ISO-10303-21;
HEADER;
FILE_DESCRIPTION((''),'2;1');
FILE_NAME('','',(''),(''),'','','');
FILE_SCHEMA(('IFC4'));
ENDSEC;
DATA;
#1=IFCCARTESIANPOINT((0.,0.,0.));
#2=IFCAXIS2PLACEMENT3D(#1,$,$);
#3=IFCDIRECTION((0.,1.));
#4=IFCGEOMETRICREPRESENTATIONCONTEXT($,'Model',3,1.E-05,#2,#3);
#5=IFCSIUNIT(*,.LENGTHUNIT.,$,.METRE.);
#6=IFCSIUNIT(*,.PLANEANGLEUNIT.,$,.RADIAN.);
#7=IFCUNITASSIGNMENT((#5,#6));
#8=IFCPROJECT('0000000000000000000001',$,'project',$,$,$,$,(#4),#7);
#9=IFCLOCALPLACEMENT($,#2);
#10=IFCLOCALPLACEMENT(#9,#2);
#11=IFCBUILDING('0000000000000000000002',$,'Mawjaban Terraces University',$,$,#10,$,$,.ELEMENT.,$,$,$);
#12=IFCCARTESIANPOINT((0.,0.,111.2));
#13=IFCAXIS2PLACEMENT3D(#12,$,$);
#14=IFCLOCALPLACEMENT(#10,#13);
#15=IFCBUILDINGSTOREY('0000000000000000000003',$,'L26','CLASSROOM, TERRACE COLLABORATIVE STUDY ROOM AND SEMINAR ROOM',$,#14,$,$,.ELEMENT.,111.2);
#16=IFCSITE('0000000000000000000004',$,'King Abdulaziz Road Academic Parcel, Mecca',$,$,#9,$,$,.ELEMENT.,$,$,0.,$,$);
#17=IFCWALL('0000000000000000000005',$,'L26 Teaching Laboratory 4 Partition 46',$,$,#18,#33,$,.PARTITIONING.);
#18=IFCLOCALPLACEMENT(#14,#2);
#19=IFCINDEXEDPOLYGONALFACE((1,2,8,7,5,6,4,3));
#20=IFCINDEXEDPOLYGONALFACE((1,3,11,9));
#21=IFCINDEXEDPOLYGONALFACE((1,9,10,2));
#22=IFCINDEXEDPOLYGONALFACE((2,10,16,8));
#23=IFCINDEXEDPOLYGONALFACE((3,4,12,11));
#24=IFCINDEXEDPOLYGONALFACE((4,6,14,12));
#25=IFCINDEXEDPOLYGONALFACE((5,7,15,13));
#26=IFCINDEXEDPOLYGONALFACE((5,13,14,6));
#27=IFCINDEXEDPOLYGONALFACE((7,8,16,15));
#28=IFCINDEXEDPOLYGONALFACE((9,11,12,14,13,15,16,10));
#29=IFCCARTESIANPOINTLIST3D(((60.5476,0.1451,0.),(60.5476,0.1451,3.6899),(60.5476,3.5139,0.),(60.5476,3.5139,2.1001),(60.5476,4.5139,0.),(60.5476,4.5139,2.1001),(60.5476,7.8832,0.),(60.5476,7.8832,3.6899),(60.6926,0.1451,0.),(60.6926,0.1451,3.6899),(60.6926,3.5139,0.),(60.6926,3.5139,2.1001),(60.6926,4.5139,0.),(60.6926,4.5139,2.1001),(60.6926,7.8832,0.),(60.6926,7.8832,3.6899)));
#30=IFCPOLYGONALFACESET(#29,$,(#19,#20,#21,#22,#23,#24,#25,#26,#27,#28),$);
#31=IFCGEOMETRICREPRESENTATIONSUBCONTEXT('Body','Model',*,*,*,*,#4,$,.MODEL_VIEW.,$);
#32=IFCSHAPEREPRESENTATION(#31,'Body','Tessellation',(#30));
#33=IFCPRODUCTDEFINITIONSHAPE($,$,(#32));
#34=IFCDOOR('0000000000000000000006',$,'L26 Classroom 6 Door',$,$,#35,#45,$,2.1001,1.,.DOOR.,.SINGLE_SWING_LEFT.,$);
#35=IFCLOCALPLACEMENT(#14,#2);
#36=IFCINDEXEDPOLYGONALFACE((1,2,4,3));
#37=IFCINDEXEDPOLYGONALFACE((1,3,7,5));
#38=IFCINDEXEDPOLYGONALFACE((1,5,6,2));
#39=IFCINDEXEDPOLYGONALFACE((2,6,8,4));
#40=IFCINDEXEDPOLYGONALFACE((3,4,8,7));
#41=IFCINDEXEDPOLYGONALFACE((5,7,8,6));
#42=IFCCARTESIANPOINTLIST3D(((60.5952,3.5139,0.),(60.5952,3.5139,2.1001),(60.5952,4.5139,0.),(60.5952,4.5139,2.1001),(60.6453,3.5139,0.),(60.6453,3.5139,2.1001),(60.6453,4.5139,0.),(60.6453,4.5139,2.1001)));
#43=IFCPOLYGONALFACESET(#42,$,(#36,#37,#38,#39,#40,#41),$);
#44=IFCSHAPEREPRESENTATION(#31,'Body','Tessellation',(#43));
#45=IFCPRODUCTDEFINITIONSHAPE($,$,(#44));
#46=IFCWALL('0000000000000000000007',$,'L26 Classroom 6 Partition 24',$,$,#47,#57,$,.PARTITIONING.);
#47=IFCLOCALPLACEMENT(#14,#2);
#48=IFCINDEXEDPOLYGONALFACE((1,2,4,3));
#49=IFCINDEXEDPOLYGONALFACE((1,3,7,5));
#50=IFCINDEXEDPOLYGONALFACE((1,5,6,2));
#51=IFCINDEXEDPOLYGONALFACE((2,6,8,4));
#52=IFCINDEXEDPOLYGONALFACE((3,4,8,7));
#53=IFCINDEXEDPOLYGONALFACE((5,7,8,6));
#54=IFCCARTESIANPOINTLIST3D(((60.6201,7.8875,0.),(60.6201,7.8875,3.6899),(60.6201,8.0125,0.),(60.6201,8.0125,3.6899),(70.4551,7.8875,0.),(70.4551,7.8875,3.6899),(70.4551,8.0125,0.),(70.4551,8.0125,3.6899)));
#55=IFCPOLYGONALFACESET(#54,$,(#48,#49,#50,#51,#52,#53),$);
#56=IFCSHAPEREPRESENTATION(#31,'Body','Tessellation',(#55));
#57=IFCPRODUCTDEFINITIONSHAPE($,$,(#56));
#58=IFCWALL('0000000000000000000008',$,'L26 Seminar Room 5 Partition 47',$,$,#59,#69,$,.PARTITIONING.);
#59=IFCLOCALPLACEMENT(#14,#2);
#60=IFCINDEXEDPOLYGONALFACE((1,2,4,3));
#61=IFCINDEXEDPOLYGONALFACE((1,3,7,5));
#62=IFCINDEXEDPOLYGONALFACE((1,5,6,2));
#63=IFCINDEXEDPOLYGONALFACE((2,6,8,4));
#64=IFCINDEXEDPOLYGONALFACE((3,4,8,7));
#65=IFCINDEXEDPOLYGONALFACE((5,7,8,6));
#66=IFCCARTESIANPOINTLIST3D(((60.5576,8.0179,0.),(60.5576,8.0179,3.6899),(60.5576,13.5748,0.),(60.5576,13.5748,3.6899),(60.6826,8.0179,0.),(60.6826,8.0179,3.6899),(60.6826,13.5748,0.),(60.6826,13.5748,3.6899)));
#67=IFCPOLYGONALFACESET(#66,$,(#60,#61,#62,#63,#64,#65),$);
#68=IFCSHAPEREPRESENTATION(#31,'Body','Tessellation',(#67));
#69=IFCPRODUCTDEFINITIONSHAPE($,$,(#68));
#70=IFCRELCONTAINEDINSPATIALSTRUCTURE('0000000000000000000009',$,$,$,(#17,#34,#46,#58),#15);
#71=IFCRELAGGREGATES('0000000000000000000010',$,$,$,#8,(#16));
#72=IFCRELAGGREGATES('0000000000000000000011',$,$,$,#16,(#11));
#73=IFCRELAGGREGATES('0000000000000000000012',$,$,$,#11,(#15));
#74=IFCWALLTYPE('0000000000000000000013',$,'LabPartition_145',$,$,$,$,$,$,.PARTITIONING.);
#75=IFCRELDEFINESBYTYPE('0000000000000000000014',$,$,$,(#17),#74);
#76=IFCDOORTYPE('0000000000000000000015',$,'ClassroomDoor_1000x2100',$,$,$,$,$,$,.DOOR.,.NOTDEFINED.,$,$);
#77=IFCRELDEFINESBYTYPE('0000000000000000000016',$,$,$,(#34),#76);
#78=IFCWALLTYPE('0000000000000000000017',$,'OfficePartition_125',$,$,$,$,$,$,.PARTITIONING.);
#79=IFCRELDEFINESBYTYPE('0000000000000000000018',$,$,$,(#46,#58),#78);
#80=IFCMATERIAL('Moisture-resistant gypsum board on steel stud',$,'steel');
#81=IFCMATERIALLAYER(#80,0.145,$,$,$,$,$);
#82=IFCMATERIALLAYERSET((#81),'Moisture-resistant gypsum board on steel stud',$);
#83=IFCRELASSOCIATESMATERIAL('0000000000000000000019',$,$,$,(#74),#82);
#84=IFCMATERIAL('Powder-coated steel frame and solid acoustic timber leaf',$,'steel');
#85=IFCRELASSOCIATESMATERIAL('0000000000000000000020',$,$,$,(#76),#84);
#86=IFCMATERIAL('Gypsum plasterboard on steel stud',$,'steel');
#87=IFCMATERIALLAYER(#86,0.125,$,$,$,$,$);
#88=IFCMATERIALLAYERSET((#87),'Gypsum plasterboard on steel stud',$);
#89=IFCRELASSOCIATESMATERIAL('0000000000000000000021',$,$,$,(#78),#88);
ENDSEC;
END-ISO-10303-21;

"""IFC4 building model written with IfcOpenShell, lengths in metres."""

from ifc_helpers import new_model, si_unit, direction, frame, frame_2d, origin, place, context, subcontext, project, spatial, rectangle, extrude, material, layer, layer_set, type_object, element, fill, save


model = new_model("IFC4")

# Units and contexts
model_context = context("Model", 3, precision=1e-05, world=origin(), true_north=direction((0.0, 1.0)))
body_context = subcontext(model_context, "Body", "Model", "MODEL_VIEW")
ifc_project = project(units=[si_unit("LENGTHUNIT", "METRE"), si_unit("PLANEANGLEUNIT", "RADIAN")], contexts=[model_context])

# Site, building, storey
site_placement = place(None, origin())
site = spatial("IfcSite", under=ifc_project, at=site_placement, Name="King Abdulaziz Road Academic Parcel, Mecca", CompositionType="ELEMENT", RefElevation=0.0)
building_placement = place(site_placement, origin())
building = spatial("IfcBuilding", under=site, at=building_placement, Name="Mawjaban Terraces University", CompositionType="ELEMENT")
storey_placement = place(building_placement, frame((0.0, 0.0, 111.2)))
storey = spatial("IfcBuildingStorey", under=building, at=storey_placement, Name="L26", Description="CLASSROOM, TERRACE COLLABORATIVE STUDY ROOM AND SEMINAR ROOM", CompositionType="ELEMENT", Elevation=111.2)

# Shared definitions
ifc_material_1 = material(Name="Powder-coated steel frame and solid acoustic timber leaf", Category="steel")

# Shared definitions
ifc_material_2 = material(Name="Moisture-resistant gypsum board on steel stud", Category="steel")
ifc_layer_1 = layer(ifc_material_2, 0.145)
ifc_layer_set_1 = layer_set([ifc_layer_1], Name="Moisture-resistant gypsum board on steel stud")
wall_type_1 = type_object("IfcWallType", Name="LabPartition_145", PredefinedType="PARTITIONING", material=ifc_layer_set_1)

# Wall, opening, door
wall_1_placement = place(storey_placement, frame((60.6201, 0.145, 0.0), z_axis=(0.0, 0.0, 1.0), x_axis=(0.0, 1.0, 0.0)))
wall_1 = element("IfcWall", 1, at=wall_1_placement, inside=storey, type_object=wall_type_1, Name="L26 Teaching Laboratory 4 Partition 46", PredefinedType="PARTITIONING", context=body_context, shape_type="SweptSolid", body=[
    extrude(rectangle(XDim=7.738, YDim=0.145, at=frame_2d((3.8691, 0.0))), origin(), (0.0, 0.0, 1.0), 3.6899),
])
opening_1_placement = place(wall_1_placement, frame((3.3689, 0.0, 0.0)))
opening_1 = element("IfcOpeningElement", 2, at=opening_1_placement, cuts=wall_1, PredefinedType="OPENING", context=body_context, shape_type="SweptSolid", body=[
    extrude(rectangle(XDim=1.0, YDim=2.1001, at=frame_2d((0.5, 1.05))), frame((0.0, 0.0825, 0.0), z_axis=(0.0, -1.0, 0.0), x_axis=(1.0, 0.0, 0.0)), (0.0, 0.0, 1.0), 0.165),
])
door_type_1 = type_object("IfcDoorType", Name="ClassroomDoor_1000x2100", OperationType="NOTDEFINED", PredefinedType="DOOR", material=ifc_material_1)
door_1_placement = place(opening_1_placement, origin())
door_1 = element("IfcDoor", 3, at=door_1_placement, inside=storey, type_object=door_type_1, Name="L26 Classroom 6 Door", OperationType="SINGLE_SWING_LEFT", OverallHeight=2.1001, OverallWidth=1.0, PredefinedType="DOOR", context=body_context, shape_type="SweptSolid", body=[
    extrude(rectangle(XDim=1.0, YDim=2.1001, at=frame_2d((0.5, 1.05))), frame((0.0, 0.0249, 0.0), z_axis=(0.0, -1.0, 0.0), x_axis=(1.0, 0.0, 0.0)), (0.0, 0.0, 1.0), 0.05),
])
fill(opening_1, door_1)

# Walls
ifc_material_3 = material(Name="Gypsum plasterboard on steel stud", Category="steel")
ifc_layer_2 = layer(ifc_material_3, 0.125)
ifc_layer_set_2 = layer_set([ifc_layer_2], Name="Gypsum plasterboard on steel stud")
wall_type_2 = type_object("IfcWallType", Name="OfficePartition_125", PredefinedType="PARTITIONING", material=ifc_layer_set_2)
wall_2_placement = place(storey_placement, frame((70.4551, 7.95, 0.0), z_axis=(0.0, 0.0, 1.0), x_axis=(-1.0, 0.0, 0.0)))
element("IfcWall", 4, at=wall_2_placement, inside=storey, type_object=wall_type_2, Name="L26 Classroom 6 Partition 24", PredefinedType="PARTITIONING", context=body_context, shape_type="SweptSolid", body=[
    extrude(rectangle(XDim=9.835, YDim=0.125, at=frame_2d((4.9175, 0.0))), origin(), (0.0, 0.0, 1.0), 3.6899),
])
wall_3_placement = place(storey_placement, frame((60.6201, 8.0181, 0.0), z_axis=(0.0, 0.0, 1.0), x_axis=(0.0, 1.0, 0.0)))
element("IfcWall", 5, at=wall_3_placement, inside=storey, type_object=wall_type_2, Name="L26 Seminar Room 5 Partition 47", PredefinedType="PARTITIONING", context=body_context, shape_type="SweptSolid", body=[
    extrude(rectangle(XDim=5.5569, YDim=0.125, at=frame_2d((2.7783, 0.0))), origin(), (0.0, 0.0, 1.0), 3.6899),
])

save(model, "model.ifc")
